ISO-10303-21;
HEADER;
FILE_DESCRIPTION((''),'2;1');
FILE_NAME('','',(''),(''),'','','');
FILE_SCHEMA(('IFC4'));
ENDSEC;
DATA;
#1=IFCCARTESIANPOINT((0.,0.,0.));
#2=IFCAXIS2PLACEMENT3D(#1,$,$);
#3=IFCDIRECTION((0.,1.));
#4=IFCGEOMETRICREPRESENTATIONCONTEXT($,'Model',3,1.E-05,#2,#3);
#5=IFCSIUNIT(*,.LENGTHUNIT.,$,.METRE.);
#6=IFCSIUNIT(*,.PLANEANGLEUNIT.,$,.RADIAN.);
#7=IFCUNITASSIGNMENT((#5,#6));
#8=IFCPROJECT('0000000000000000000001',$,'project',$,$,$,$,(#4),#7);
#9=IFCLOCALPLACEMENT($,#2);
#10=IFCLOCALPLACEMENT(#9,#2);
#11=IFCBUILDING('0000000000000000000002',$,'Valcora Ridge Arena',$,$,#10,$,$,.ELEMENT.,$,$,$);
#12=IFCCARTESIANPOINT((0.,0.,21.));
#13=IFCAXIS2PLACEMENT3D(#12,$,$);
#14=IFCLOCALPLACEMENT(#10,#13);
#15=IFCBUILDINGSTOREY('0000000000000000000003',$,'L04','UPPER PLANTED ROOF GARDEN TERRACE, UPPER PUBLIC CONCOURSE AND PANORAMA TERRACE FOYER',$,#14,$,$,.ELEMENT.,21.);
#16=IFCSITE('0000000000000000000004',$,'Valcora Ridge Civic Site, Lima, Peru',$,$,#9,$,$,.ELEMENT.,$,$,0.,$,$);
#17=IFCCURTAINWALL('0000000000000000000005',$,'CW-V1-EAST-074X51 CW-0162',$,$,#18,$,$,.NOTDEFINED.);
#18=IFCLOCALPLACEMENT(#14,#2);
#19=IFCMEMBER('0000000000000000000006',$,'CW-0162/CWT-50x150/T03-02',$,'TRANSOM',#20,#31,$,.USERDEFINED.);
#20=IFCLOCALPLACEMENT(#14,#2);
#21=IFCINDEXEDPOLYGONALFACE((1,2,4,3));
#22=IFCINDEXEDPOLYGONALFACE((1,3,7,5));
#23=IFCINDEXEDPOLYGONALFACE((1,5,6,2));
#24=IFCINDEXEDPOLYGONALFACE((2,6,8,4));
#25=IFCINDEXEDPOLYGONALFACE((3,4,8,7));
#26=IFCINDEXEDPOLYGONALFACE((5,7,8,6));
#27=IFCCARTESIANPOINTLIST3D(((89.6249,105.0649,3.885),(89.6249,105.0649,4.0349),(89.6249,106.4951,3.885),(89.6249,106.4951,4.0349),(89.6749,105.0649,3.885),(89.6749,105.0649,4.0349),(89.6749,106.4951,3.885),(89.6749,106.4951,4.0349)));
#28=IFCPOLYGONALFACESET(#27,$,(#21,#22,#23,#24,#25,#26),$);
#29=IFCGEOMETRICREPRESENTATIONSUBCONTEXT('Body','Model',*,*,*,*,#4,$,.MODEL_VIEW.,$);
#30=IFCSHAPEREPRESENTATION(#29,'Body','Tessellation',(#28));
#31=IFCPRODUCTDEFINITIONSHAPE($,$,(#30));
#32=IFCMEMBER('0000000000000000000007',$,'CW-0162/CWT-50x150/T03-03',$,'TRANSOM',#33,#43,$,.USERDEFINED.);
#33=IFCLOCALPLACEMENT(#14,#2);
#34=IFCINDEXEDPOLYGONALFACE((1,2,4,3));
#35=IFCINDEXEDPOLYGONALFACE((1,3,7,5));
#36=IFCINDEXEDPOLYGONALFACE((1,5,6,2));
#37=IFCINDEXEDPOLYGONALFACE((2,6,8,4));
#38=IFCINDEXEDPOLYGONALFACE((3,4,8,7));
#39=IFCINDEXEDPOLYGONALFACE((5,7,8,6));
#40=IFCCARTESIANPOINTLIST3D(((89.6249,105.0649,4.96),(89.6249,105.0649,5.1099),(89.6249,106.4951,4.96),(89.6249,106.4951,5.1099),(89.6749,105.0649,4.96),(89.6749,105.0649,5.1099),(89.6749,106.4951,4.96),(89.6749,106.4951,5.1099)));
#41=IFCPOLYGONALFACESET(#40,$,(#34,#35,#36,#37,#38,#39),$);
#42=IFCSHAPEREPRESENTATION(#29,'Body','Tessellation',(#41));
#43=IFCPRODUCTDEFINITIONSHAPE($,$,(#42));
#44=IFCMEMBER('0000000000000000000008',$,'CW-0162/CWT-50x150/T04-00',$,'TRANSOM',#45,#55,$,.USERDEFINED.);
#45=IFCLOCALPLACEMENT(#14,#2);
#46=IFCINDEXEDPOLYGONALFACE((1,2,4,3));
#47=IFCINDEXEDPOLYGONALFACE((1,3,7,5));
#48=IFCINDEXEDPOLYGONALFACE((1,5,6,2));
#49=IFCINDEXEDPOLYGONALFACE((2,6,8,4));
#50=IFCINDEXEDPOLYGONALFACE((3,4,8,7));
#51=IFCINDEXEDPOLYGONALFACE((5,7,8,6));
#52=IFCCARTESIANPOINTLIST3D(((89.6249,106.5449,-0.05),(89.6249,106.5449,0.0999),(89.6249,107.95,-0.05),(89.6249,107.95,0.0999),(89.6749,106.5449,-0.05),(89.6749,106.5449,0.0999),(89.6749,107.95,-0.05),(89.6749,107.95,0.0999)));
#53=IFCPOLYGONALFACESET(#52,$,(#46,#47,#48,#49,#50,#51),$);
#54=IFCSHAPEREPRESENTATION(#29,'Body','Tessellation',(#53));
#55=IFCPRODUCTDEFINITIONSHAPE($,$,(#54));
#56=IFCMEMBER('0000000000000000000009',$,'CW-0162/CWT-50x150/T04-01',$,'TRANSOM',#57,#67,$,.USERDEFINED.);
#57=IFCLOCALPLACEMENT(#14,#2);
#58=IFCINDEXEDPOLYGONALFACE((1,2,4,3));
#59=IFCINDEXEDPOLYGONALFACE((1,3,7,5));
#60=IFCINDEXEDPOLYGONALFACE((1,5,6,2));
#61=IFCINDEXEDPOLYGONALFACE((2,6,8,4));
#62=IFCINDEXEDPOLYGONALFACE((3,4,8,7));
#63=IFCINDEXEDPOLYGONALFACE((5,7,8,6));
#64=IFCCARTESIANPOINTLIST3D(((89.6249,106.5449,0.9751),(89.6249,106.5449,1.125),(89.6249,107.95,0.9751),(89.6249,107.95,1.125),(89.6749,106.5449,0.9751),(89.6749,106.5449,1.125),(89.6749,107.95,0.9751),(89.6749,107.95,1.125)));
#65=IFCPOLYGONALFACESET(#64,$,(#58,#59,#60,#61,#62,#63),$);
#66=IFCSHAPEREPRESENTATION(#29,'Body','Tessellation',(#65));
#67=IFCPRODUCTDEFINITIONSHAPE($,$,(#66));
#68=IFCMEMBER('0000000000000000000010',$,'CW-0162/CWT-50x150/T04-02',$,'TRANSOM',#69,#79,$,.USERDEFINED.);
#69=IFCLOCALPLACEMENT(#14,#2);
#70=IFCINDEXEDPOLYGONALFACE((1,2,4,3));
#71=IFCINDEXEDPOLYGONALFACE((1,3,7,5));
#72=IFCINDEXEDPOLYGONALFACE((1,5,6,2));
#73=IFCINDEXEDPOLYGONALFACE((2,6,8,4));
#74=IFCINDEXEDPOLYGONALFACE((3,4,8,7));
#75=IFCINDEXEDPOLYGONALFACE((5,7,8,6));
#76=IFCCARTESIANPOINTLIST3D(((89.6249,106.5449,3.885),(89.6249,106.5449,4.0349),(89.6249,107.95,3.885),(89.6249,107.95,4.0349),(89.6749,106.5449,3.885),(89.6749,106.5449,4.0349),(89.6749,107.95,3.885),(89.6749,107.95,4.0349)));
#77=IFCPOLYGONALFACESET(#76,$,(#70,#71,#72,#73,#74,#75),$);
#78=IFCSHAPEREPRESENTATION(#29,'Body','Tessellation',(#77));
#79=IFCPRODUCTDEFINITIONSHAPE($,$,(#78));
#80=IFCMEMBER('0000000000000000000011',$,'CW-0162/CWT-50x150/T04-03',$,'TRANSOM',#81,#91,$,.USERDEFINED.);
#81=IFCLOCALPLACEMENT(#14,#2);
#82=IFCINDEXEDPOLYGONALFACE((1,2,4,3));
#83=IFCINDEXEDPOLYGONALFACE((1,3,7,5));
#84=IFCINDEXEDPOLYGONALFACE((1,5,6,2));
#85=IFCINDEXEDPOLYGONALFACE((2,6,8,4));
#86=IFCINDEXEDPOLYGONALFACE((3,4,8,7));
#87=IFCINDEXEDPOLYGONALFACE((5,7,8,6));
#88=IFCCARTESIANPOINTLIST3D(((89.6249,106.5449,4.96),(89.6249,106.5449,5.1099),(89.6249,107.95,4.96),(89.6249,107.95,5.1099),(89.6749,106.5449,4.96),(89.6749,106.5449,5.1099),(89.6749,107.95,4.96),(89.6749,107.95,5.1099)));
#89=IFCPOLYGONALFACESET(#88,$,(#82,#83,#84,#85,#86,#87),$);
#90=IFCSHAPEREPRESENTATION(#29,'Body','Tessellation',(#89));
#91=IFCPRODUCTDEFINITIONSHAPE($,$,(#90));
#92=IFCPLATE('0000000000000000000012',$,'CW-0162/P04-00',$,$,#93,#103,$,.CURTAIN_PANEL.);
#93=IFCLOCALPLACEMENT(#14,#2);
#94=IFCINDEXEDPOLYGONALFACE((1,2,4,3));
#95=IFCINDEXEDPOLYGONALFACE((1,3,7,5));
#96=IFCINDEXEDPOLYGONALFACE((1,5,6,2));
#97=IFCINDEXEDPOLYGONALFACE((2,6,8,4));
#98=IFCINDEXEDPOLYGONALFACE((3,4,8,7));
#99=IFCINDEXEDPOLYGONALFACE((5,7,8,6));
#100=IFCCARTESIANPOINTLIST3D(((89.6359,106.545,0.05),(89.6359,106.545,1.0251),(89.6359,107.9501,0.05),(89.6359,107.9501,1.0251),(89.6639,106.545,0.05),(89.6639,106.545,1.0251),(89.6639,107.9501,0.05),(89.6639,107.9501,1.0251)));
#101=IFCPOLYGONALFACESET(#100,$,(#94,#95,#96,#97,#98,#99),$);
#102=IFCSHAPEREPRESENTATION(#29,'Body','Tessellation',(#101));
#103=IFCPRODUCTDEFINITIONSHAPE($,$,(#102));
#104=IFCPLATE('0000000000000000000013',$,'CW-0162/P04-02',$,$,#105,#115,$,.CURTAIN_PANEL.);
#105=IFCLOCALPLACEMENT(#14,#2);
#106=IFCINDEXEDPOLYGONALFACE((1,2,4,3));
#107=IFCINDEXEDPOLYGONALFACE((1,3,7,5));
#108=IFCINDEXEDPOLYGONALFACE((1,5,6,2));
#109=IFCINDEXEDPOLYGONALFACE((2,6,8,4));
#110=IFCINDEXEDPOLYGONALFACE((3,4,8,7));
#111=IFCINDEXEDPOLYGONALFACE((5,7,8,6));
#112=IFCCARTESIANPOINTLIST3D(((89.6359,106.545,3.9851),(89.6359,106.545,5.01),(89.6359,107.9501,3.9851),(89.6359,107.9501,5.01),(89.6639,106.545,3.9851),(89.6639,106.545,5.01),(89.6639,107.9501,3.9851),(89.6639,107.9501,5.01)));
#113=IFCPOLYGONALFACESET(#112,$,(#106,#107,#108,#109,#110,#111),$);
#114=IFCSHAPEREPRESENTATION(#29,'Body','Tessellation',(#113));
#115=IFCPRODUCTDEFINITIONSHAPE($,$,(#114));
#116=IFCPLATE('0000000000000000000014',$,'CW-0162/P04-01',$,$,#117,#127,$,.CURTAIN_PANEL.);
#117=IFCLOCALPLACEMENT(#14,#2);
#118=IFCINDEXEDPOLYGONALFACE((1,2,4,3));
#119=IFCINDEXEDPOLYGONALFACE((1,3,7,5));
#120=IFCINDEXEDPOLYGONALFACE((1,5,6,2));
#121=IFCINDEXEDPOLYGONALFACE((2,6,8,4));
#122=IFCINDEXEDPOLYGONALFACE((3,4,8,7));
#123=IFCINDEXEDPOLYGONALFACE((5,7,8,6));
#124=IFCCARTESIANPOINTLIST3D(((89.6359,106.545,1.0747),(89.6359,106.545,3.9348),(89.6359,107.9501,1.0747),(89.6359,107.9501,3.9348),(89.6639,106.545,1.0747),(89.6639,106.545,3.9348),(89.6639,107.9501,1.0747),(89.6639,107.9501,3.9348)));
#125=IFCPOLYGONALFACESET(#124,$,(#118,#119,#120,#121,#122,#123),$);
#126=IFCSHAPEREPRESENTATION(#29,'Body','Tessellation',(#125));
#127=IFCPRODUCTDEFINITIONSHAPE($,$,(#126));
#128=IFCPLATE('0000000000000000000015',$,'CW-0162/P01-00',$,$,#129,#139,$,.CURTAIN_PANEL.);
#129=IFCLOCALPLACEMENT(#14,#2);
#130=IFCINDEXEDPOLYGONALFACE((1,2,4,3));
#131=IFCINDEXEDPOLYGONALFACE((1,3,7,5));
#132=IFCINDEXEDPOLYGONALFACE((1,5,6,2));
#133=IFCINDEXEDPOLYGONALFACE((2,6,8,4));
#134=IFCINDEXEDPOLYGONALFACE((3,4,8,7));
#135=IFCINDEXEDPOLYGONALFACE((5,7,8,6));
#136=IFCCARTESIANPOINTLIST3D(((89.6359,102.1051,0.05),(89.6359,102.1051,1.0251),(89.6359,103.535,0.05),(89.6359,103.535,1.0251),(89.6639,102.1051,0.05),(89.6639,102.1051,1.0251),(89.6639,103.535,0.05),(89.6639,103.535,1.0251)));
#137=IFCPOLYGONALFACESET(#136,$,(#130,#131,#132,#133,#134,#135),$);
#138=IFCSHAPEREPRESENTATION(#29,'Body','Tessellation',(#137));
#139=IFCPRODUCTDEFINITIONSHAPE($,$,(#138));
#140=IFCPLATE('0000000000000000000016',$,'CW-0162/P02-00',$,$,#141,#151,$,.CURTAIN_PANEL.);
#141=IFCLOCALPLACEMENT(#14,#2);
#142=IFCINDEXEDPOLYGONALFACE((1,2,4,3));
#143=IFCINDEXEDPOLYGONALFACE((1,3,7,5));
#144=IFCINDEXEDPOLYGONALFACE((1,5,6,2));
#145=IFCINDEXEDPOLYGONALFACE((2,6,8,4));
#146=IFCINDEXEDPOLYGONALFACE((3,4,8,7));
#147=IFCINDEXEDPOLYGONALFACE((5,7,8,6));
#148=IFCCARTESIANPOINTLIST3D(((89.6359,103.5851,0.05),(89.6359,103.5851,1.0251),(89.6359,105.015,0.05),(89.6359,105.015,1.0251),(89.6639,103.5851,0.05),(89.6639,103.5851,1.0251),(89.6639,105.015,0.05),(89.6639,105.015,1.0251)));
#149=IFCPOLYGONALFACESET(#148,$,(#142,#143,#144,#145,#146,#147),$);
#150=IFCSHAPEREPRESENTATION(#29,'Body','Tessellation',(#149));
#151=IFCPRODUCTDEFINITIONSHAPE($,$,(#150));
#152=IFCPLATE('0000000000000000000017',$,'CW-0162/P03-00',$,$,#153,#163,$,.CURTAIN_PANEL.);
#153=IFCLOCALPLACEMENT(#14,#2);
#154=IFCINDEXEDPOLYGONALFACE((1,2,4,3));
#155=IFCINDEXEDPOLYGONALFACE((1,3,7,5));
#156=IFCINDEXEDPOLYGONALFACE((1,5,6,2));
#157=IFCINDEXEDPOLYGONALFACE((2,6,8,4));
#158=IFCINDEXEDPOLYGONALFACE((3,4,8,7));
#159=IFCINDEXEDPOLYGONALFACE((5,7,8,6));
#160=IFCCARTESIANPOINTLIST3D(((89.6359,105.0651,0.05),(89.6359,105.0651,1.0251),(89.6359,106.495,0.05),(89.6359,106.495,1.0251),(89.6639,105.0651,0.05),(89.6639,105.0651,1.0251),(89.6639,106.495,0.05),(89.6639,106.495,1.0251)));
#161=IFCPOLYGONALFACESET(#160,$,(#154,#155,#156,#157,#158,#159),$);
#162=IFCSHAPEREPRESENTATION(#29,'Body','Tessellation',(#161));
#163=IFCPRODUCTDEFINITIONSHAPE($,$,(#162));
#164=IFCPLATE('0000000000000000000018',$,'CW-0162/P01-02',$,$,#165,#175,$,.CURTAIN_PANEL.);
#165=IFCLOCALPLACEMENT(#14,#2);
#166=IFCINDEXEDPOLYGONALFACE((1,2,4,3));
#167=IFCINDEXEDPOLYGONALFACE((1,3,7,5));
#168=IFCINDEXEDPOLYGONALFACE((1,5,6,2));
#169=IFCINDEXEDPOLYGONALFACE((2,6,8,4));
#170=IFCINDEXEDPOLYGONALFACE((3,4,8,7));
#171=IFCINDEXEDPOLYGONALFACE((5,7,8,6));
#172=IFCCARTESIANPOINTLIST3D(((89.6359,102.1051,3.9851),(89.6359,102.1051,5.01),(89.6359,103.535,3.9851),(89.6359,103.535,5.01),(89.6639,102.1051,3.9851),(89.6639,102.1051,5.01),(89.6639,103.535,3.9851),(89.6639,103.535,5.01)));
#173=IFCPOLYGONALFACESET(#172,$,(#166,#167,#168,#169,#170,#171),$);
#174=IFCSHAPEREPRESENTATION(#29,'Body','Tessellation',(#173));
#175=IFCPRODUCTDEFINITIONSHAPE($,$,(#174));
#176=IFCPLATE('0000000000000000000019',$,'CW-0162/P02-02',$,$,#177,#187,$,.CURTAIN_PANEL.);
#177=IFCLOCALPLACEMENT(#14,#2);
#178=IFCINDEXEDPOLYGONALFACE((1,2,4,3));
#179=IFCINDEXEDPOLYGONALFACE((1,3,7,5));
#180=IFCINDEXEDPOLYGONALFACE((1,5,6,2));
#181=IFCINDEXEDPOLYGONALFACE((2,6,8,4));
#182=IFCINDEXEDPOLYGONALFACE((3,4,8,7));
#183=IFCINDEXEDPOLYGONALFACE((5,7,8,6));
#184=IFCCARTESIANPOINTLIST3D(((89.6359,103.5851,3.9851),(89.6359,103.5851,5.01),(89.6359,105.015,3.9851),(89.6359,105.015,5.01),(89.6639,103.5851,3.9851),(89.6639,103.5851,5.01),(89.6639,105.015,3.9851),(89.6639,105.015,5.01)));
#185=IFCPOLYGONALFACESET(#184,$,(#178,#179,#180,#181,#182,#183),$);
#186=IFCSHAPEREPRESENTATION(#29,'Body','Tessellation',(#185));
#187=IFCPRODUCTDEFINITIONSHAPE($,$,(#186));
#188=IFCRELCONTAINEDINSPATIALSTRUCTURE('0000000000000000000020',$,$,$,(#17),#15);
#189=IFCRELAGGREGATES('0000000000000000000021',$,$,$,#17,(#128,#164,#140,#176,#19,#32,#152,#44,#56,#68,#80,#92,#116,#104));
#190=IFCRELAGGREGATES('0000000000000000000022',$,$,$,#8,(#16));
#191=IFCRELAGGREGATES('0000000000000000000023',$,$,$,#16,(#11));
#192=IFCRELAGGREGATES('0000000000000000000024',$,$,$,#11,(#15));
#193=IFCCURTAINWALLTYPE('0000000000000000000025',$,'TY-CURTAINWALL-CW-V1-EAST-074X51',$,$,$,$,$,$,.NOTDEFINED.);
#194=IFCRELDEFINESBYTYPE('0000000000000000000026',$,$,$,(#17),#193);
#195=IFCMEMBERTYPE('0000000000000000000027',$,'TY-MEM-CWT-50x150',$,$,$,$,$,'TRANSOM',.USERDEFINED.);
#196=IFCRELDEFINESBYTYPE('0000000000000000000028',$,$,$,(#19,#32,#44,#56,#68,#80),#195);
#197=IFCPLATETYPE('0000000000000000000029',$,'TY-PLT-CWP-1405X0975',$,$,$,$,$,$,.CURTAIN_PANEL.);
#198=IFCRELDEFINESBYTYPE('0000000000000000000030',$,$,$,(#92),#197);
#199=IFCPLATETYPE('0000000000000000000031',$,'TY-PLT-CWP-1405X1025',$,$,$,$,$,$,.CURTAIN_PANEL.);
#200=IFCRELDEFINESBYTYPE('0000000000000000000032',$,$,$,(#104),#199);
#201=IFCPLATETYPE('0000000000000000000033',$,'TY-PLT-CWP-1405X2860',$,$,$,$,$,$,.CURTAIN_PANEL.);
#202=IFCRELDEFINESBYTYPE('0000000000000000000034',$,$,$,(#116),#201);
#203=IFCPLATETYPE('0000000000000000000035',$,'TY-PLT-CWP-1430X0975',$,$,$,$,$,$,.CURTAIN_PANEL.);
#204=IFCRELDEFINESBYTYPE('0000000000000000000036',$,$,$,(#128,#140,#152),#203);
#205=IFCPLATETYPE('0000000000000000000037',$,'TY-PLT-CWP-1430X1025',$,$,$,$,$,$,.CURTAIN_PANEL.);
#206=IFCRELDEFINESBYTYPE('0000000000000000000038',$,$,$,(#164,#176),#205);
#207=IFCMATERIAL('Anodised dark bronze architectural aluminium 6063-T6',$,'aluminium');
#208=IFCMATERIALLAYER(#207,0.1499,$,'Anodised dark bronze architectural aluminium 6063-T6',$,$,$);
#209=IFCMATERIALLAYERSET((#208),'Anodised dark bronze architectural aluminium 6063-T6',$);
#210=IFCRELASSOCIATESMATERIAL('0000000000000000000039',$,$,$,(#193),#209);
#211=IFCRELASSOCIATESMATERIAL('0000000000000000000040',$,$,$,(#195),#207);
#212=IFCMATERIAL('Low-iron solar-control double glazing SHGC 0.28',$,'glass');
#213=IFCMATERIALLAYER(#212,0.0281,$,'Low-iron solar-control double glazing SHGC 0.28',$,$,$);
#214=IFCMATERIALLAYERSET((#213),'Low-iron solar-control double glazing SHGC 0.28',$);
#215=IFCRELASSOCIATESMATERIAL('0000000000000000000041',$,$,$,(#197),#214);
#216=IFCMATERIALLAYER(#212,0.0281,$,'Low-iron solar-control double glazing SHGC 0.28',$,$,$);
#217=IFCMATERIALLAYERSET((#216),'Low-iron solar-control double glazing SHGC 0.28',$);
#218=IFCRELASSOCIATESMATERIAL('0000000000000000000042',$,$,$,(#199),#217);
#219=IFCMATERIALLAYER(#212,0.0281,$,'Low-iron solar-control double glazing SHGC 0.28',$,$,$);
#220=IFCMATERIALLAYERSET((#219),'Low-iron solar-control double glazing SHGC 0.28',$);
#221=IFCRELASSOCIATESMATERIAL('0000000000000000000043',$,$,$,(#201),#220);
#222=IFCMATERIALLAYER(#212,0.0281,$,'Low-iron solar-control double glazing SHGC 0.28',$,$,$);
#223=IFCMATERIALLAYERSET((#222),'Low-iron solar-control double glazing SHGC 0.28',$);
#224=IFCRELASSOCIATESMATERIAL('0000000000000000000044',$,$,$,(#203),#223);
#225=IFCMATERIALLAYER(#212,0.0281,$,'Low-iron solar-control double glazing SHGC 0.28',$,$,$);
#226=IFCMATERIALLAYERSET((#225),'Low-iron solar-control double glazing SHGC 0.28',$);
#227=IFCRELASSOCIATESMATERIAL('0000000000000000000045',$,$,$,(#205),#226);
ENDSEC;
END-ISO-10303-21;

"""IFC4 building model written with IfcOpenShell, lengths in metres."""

from ifc_helpers import new_model, si_unit, direction, frame, origin, origin_2d, place, context, subcontext, project, spatial, rectangle, extrude, material, layer, layer_set, material_profile, profile_set, type_object, element, aggregate, save


model = new_model("IFC4")

# Units and contexts
model_context = context("Model", 3, precision=1e-05, world=origin(), true_north=direction((0.0, 1.0)))
body_context = subcontext(model_context, "Body", "Model", "MODEL_VIEW")
ifc_project = project(units=[si_unit("LENGTHUNIT", "METRE"), si_unit("PLANEANGLEUNIT", "RADIAN")], contexts=[model_context])

# Site, building, storey
site_placement = place(None, origin())
site = spatial("IfcSite", under=ifc_project, at=site_placement, Name="Valcora Ridge Civic Site, Lima, Peru", CompositionType="ELEMENT", RefElevation=0.0)
building_placement = place(site_placement, origin())
building = spatial("IfcBuilding", under=site, at=building_placement, Name="Valcora Ridge Arena", CompositionType="ELEMENT")
storey_placement = place(building_placement, frame((0.0, 0.0, 21.0)))
storey = spatial("IfcBuildingStorey", under=building, at=storey_placement, Name="L04", Description="UPPER PLANTED ROOF GARDEN TERRACE, UPPER PUBLIC CONCOURSE AND PANORAMA TERRACE FOYER", CompositionType="ELEMENT", Elevation=21.0)

# Curtain wall
ifc_material_1 = material(Name="Anodised dark bronze architectural aluminium 6063-T6", Category="aluminium")
ifc_layer_1 = layer(ifc_material_1, 0.1499, Name="Anodised dark bronze architectural aluminium 6063-T6")
ifc_layer_set_1 = layer_set([ifc_layer_1], Name="Anodised dark bronze architectural aluminium 6063-T6")
curtain_wall_type_1 = type_object("IfcCurtainWallType", Name="TY-CURTAINWALL-CW-V1-EAST-074X51", PredefinedType="NOTDEFINED", material=ifc_layer_set_1)
curtain_wall_1_placement = place(storey_placement, origin())
curtain_wall_1 = element("IfcCurtainWall", 1, at=curtain_wall_1_placement, inside=storey, type_object=curtain_wall_type_1, Name="CW-V1-EAST-074X51 CW-0162", PredefinedType="NOTDEFINED")

# Members
ifc_material_profile_1 = material_profile(ifc_material_1, rectangle(XDim=0.05, YDim=0.1499, at=origin_2d()), Name="ALU TRANSOM 50x150")
ifc_profile_set_1 = profile_set([ifc_material_profile_1], Name="Anodised dark bronze architectural aluminium 6063-T6")
member_type_1 = type_object("IfcMemberType", Name="TY-MEM-CWT-50x150", ElementType="TRANSOM", PredefinedType="USERDEFINED", material=ifc_profile_set_1)
member_1_placement = place(storey_placement, frame((89.6499, 105.0649, 3.96), z_axis=(0.0, 1.0, 0.0), x_axis=(-1.0, 0.0, 0.0)))
member_1 = element("IfcMember", 2, at=member_1_placement, type_object=member_type_1, Name="CW-0162/CWT-50x150/T03-02", ObjectType="TRANSOM", PredefinedType="USERDEFINED", context=body_context, shape_type="SweptSolid", body=[
    extrude(rectangle(XDim=0.05, YDim=0.1499, at=origin_2d()), origin(), (0.0, 0.0, 1.0), 1.4302),
])
member_2_placement = place(storey_placement, frame((89.6499, 105.0649, 5.0349), z_axis=(0.0, 1.0, 0.0), x_axis=(-1.0, 0.0, 0.0)))
member_2 = element("IfcMember", 3, at=member_2_placement, type_object=member_type_1, Name="CW-0162/CWT-50x150/T03-03", ObjectType="TRANSOM", PredefinedType="USERDEFINED", context=body_context, shape_type="SweptSolid", body=[
    extrude(rectangle(XDim=0.05, YDim=0.1499, at=origin_2d()), origin(), (0.0, 0.0, 1.0), 1.4302),
])
member_3_placement = place(storey_placement, frame((89.6499, 106.5449, 0.0249), z_axis=(0.0, 1.0, 0.0), x_axis=(-1.0, 0.0, 0.0)))
member_3 = element("IfcMember", 4, at=member_3_placement, type_object=member_type_1, Name="CW-0162/CWT-50x150/T04-00", ObjectType="TRANSOM", PredefinedType="USERDEFINED", context=body_context, shape_type="SweptSolid", body=[
    extrude(rectangle(XDim=0.05, YDim=0.1499, at=origin_2d()), origin(), (0.0, 0.0, 1.0), 1.405),
])
member_4_placement = place(storey_placement, frame((89.6499, 106.5449, 1.05), z_axis=(0.0, 1.0, 0.0), x_axis=(-1.0, 0.0, 0.0)))
member_4 = element("IfcMember", 5, at=member_4_placement, type_object=member_type_1, Name="CW-0162/CWT-50x150/T04-01", ObjectType="TRANSOM", PredefinedType="USERDEFINED", context=body_context, shape_type="SweptSolid", body=[
    extrude(rectangle(XDim=0.05, YDim=0.1499, at=origin_2d()), origin(), (0.0, 0.0, 1.0), 1.405),
])
member_5_placement = place(storey_placement, frame((89.6499, 106.5449, 3.96), z_axis=(0.0, 1.0, 0.0), x_axis=(-1.0, 0.0, 0.0)))
member_5 = element("IfcMember", 6, at=member_5_placement, type_object=member_type_1, Name="CW-0162/CWT-50x150/T04-02", ObjectType="TRANSOM", PredefinedType="USERDEFINED", context=body_context, shape_type="SweptSolid", body=[
    extrude(rectangle(XDim=0.05, YDim=0.1499, at=origin_2d()), origin(), (0.0, 0.0, 1.0), 1.405),
])
member_6_placement = place(storey_placement, frame((89.6499, 106.5449, 5.0349), z_axis=(0.0, 1.0, 0.0), x_axis=(-1.0, 0.0, 0.0)))
member_6 = element("IfcMember", 7, at=member_6_placement, type_object=member_type_1, Name="CW-0162/CWT-50x150/T04-03", ObjectType="TRANSOM", PredefinedType="USERDEFINED", context=body_context, shape_type="SweptSolid", body=[
    extrude(rectangle(XDim=0.05, YDim=0.1499, at=origin_2d()), origin(), (0.0, 0.0, 1.0), 1.405),
])

# Plates
ifc_material_2 = material(Name="Low-iron solar-control double glazing SHGC 0.28", Category="glass")
ifc_layer_2 = layer(ifc_material_2, 0.0281, Name="Low-iron solar-control double glazing SHGC 0.28")
ifc_layer_set_2 = layer_set([ifc_layer_2], Name="Low-iron solar-control double glazing SHGC 0.28")
plate_type_1 = type_object("IfcPlateType", Name="TY-PLT-CWP-1405X0975", PredefinedType="CURTAIN_PANEL", material=ifc_layer_set_2)
plate_1_placement = place(storey_placement, frame((89.6499, 107.2476, 0.05), z_axis=(0.0, 0.0, 1.0), x_axis=(0.0, 1.0, 0.0)))
plate_1 = element("IfcPlate", 8, at=plate_1_placement, type_object=plate_type_1, Name="CW-0162/P04-00", PredefinedType="CURTAIN_PANEL", context=body_context, shape_type="SweptSolid", body=[
    extrude(rectangle(XDim=1.405, YDim=0.0281, at=origin_2d()), origin(), (0.0, 0.0, 1.0), 0.9751),
])
ifc_layer_3 = layer(ifc_material_2, 0.0281, Name="Low-iron solar-control double glazing SHGC 0.28")
ifc_layer_set_3 = layer_set([ifc_layer_3], Name="Low-iron solar-control double glazing SHGC 0.28")
plate_type_2 = type_object("IfcPlateType", Name="TY-PLT-CWP-1405X1025", PredefinedType="CURTAIN_PANEL", material=ifc_layer_set_3)
plate_2_placement = place(storey_placement, frame((89.6499, 107.2476, 3.9851), z_axis=(0.0, 0.0, 1.0), x_axis=(0.0, 1.0, 0.0)))
plate_2 = element("IfcPlate", 9, at=plate_2_placement, type_object=plate_type_2, Name="CW-0162/P04-02", PredefinedType="CURTAIN_PANEL", context=body_context, shape_type="SweptSolid", body=[
    extrude(rectangle(XDim=1.405, YDim=0.0281, at=origin_2d()), origin(), (0.0, 0.0, 1.0), 1.0249),
])
ifc_layer_4 = layer(ifc_material_2, 0.0281, Name="Low-iron solar-control double glazing SHGC 0.28")
ifc_layer_set_4 = layer_set([ifc_layer_4], Name="Low-iron solar-control double glazing SHGC 0.28")
plate_type_3 = type_object("IfcPlateType", Name="TY-PLT-CWP-1405X2860", PredefinedType="CURTAIN_PANEL", material=ifc_layer_set_4)
plate_3_placement = place(storey_placement, frame((89.6499, 107.2476, 1.0747), z_axis=(0.0, 0.0, 1.0), x_axis=(0.0, 1.0, 0.0)))
plate_3 = element("IfcPlate", 10, at=plate_3_placement, type_object=plate_type_3, Name="CW-0162/P04-01", PredefinedType="CURTAIN_PANEL", context=body_context, shape_type="SweptSolid", body=[
    extrude(rectangle(XDim=1.405, YDim=0.0281, at=origin_2d()), origin(), (0.0, 0.0, 1.0), 2.8601),
])
ifc_layer_5 = layer(ifc_material_2, 0.0281, Name="Low-iron solar-control double glazing SHGC 0.28")
ifc_layer_set_5 = layer_set([ifc_layer_5], Name="Low-iron solar-control double glazing SHGC 0.28")
plate_type_4 = type_object("IfcPlateType", Name="TY-PLT-CWP-1430X0975", PredefinedType="CURTAIN_PANEL", material=ifc_layer_set_5)
plate_4_placement = place(storey_placement, frame((89.6499, 102.8201, 0.05), z_axis=(0.0, 0.0, 1.0), x_axis=(0.0, 1.0, 0.0)))
plate_4 = element("IfcPlate", 11, at=plate_4_placement, type_object=plate_type_4, Name="CW-0162/P01-00", PredefinedType="CURTAIN_PANEL", context=body_context, shape_type="SweptSolid", body=[
    extrude(rectangle(XDim=1.4299, YDim=0.0281, at=origin_2d()), origin(), (0.0, 0.0, 1.0), 0.9751),
])
plate_5_placement = place(storey_placement, frame((89.6499, 104.3, 0.05), z_axis=(0.0, 0.0, 1.0), x_axis=(0.0, 1.0, 0.0)))
plate_5 = element("IfcPlate", 12, at=plate_5_placement, type_object=plate_type_4, Name="CW-0162/P02-00", PredefinedType="CURTAIN_PANEL", context=body_context, shape_type="SweptSolid", body=[
    extrude(rectangle(XDim=1.4299, YDim=0.0281, at=origin_2d()), origin(), (0.0, 0.0, 1.0), 0.9751),
])
plate_6_placement = place(storey_placement, frame((89.6499, 105.78, 0.05), z_axis=(0.0, 0.0, 1.0), x_axis=(0.0, 1.0, 0.0)))
plate_6 = element("IfcPlate", 13, at=plate_6_placement, type_object=plate_type_4, Name="CW-0162/P03-00", PredefinedType="CURTAIN_PANEL", context=body_context, shape_type="SweptSolid", body=[
    extrude(rectangle(XDim=1.4299, YDim=0.0281, at=origin_2d()), origin(), (0.0, 0.0, 1.0), 0.9751),
])
ifc_layer_6 = layer(ifc_material_2, 0.0281, Name="Low-iron solar-control double glazing SHGC 0.28")
ifc_layer_set_6 = layer_set([ifc_layer_6], Name="Low-iron solar-control double glazing SHGC 0.28")
plate_type_5 = type_object("IfcPlateType", Name="TY-PLT-CWP-1430X1025", PredefinedType="CURTAIN_PANEL", material=ifc_layer_set_6)
plate_7_placement = place(storey_placement, frame((89.6499, 102.8201, 3.9851), z_axis=(0.0, 0.0, 1.0), x_axis=(0.0, 1.0, 0.0)))
plate_7 = element("IfcPlate", 14, at=plate_7_placement, type_object=plate_type_5, Name="CW-0162/P01-02", PredefinedType="CURTAIN_PANEL", context=body_context, shape_type="SweptSolid", body=[
    extrude(rectangle(XDim=1.4299, YDim=0.0281, at=origin_2d()), origin(), (0.0, 0.0, 1.0), 1.0249),
])
plate_8_placement = place(storey_placement, frame((89.6499, 104.3, 3.9851), z_axis=(0.0, 0.0, 1.0), x_axis=(0.0, 1.0, 0.0)))
plate_8 = element("IfcPlate", 15, at=plate_8_placement, type_object=plate_type_5, Name="CW-0162/P02-02", PredefinedType="CURTAIN_PANEL", context=body_context, shape_type="SweptSolid", body=[
    extrude(rectangle(XDim=1.4299, YDim=0.0281, at=origin_2d()), origin(), (0.0, 0.0, 1.0), 1.0249),
])
aggregate(curtain_wall_1, [plate_4, plate_7, plate_5, plate_8, member_1, member_2, plate_6, member_3, member_4, member_5, member_6, plate_1, plate_3, plate_2])

save(model, "model.ifc")
